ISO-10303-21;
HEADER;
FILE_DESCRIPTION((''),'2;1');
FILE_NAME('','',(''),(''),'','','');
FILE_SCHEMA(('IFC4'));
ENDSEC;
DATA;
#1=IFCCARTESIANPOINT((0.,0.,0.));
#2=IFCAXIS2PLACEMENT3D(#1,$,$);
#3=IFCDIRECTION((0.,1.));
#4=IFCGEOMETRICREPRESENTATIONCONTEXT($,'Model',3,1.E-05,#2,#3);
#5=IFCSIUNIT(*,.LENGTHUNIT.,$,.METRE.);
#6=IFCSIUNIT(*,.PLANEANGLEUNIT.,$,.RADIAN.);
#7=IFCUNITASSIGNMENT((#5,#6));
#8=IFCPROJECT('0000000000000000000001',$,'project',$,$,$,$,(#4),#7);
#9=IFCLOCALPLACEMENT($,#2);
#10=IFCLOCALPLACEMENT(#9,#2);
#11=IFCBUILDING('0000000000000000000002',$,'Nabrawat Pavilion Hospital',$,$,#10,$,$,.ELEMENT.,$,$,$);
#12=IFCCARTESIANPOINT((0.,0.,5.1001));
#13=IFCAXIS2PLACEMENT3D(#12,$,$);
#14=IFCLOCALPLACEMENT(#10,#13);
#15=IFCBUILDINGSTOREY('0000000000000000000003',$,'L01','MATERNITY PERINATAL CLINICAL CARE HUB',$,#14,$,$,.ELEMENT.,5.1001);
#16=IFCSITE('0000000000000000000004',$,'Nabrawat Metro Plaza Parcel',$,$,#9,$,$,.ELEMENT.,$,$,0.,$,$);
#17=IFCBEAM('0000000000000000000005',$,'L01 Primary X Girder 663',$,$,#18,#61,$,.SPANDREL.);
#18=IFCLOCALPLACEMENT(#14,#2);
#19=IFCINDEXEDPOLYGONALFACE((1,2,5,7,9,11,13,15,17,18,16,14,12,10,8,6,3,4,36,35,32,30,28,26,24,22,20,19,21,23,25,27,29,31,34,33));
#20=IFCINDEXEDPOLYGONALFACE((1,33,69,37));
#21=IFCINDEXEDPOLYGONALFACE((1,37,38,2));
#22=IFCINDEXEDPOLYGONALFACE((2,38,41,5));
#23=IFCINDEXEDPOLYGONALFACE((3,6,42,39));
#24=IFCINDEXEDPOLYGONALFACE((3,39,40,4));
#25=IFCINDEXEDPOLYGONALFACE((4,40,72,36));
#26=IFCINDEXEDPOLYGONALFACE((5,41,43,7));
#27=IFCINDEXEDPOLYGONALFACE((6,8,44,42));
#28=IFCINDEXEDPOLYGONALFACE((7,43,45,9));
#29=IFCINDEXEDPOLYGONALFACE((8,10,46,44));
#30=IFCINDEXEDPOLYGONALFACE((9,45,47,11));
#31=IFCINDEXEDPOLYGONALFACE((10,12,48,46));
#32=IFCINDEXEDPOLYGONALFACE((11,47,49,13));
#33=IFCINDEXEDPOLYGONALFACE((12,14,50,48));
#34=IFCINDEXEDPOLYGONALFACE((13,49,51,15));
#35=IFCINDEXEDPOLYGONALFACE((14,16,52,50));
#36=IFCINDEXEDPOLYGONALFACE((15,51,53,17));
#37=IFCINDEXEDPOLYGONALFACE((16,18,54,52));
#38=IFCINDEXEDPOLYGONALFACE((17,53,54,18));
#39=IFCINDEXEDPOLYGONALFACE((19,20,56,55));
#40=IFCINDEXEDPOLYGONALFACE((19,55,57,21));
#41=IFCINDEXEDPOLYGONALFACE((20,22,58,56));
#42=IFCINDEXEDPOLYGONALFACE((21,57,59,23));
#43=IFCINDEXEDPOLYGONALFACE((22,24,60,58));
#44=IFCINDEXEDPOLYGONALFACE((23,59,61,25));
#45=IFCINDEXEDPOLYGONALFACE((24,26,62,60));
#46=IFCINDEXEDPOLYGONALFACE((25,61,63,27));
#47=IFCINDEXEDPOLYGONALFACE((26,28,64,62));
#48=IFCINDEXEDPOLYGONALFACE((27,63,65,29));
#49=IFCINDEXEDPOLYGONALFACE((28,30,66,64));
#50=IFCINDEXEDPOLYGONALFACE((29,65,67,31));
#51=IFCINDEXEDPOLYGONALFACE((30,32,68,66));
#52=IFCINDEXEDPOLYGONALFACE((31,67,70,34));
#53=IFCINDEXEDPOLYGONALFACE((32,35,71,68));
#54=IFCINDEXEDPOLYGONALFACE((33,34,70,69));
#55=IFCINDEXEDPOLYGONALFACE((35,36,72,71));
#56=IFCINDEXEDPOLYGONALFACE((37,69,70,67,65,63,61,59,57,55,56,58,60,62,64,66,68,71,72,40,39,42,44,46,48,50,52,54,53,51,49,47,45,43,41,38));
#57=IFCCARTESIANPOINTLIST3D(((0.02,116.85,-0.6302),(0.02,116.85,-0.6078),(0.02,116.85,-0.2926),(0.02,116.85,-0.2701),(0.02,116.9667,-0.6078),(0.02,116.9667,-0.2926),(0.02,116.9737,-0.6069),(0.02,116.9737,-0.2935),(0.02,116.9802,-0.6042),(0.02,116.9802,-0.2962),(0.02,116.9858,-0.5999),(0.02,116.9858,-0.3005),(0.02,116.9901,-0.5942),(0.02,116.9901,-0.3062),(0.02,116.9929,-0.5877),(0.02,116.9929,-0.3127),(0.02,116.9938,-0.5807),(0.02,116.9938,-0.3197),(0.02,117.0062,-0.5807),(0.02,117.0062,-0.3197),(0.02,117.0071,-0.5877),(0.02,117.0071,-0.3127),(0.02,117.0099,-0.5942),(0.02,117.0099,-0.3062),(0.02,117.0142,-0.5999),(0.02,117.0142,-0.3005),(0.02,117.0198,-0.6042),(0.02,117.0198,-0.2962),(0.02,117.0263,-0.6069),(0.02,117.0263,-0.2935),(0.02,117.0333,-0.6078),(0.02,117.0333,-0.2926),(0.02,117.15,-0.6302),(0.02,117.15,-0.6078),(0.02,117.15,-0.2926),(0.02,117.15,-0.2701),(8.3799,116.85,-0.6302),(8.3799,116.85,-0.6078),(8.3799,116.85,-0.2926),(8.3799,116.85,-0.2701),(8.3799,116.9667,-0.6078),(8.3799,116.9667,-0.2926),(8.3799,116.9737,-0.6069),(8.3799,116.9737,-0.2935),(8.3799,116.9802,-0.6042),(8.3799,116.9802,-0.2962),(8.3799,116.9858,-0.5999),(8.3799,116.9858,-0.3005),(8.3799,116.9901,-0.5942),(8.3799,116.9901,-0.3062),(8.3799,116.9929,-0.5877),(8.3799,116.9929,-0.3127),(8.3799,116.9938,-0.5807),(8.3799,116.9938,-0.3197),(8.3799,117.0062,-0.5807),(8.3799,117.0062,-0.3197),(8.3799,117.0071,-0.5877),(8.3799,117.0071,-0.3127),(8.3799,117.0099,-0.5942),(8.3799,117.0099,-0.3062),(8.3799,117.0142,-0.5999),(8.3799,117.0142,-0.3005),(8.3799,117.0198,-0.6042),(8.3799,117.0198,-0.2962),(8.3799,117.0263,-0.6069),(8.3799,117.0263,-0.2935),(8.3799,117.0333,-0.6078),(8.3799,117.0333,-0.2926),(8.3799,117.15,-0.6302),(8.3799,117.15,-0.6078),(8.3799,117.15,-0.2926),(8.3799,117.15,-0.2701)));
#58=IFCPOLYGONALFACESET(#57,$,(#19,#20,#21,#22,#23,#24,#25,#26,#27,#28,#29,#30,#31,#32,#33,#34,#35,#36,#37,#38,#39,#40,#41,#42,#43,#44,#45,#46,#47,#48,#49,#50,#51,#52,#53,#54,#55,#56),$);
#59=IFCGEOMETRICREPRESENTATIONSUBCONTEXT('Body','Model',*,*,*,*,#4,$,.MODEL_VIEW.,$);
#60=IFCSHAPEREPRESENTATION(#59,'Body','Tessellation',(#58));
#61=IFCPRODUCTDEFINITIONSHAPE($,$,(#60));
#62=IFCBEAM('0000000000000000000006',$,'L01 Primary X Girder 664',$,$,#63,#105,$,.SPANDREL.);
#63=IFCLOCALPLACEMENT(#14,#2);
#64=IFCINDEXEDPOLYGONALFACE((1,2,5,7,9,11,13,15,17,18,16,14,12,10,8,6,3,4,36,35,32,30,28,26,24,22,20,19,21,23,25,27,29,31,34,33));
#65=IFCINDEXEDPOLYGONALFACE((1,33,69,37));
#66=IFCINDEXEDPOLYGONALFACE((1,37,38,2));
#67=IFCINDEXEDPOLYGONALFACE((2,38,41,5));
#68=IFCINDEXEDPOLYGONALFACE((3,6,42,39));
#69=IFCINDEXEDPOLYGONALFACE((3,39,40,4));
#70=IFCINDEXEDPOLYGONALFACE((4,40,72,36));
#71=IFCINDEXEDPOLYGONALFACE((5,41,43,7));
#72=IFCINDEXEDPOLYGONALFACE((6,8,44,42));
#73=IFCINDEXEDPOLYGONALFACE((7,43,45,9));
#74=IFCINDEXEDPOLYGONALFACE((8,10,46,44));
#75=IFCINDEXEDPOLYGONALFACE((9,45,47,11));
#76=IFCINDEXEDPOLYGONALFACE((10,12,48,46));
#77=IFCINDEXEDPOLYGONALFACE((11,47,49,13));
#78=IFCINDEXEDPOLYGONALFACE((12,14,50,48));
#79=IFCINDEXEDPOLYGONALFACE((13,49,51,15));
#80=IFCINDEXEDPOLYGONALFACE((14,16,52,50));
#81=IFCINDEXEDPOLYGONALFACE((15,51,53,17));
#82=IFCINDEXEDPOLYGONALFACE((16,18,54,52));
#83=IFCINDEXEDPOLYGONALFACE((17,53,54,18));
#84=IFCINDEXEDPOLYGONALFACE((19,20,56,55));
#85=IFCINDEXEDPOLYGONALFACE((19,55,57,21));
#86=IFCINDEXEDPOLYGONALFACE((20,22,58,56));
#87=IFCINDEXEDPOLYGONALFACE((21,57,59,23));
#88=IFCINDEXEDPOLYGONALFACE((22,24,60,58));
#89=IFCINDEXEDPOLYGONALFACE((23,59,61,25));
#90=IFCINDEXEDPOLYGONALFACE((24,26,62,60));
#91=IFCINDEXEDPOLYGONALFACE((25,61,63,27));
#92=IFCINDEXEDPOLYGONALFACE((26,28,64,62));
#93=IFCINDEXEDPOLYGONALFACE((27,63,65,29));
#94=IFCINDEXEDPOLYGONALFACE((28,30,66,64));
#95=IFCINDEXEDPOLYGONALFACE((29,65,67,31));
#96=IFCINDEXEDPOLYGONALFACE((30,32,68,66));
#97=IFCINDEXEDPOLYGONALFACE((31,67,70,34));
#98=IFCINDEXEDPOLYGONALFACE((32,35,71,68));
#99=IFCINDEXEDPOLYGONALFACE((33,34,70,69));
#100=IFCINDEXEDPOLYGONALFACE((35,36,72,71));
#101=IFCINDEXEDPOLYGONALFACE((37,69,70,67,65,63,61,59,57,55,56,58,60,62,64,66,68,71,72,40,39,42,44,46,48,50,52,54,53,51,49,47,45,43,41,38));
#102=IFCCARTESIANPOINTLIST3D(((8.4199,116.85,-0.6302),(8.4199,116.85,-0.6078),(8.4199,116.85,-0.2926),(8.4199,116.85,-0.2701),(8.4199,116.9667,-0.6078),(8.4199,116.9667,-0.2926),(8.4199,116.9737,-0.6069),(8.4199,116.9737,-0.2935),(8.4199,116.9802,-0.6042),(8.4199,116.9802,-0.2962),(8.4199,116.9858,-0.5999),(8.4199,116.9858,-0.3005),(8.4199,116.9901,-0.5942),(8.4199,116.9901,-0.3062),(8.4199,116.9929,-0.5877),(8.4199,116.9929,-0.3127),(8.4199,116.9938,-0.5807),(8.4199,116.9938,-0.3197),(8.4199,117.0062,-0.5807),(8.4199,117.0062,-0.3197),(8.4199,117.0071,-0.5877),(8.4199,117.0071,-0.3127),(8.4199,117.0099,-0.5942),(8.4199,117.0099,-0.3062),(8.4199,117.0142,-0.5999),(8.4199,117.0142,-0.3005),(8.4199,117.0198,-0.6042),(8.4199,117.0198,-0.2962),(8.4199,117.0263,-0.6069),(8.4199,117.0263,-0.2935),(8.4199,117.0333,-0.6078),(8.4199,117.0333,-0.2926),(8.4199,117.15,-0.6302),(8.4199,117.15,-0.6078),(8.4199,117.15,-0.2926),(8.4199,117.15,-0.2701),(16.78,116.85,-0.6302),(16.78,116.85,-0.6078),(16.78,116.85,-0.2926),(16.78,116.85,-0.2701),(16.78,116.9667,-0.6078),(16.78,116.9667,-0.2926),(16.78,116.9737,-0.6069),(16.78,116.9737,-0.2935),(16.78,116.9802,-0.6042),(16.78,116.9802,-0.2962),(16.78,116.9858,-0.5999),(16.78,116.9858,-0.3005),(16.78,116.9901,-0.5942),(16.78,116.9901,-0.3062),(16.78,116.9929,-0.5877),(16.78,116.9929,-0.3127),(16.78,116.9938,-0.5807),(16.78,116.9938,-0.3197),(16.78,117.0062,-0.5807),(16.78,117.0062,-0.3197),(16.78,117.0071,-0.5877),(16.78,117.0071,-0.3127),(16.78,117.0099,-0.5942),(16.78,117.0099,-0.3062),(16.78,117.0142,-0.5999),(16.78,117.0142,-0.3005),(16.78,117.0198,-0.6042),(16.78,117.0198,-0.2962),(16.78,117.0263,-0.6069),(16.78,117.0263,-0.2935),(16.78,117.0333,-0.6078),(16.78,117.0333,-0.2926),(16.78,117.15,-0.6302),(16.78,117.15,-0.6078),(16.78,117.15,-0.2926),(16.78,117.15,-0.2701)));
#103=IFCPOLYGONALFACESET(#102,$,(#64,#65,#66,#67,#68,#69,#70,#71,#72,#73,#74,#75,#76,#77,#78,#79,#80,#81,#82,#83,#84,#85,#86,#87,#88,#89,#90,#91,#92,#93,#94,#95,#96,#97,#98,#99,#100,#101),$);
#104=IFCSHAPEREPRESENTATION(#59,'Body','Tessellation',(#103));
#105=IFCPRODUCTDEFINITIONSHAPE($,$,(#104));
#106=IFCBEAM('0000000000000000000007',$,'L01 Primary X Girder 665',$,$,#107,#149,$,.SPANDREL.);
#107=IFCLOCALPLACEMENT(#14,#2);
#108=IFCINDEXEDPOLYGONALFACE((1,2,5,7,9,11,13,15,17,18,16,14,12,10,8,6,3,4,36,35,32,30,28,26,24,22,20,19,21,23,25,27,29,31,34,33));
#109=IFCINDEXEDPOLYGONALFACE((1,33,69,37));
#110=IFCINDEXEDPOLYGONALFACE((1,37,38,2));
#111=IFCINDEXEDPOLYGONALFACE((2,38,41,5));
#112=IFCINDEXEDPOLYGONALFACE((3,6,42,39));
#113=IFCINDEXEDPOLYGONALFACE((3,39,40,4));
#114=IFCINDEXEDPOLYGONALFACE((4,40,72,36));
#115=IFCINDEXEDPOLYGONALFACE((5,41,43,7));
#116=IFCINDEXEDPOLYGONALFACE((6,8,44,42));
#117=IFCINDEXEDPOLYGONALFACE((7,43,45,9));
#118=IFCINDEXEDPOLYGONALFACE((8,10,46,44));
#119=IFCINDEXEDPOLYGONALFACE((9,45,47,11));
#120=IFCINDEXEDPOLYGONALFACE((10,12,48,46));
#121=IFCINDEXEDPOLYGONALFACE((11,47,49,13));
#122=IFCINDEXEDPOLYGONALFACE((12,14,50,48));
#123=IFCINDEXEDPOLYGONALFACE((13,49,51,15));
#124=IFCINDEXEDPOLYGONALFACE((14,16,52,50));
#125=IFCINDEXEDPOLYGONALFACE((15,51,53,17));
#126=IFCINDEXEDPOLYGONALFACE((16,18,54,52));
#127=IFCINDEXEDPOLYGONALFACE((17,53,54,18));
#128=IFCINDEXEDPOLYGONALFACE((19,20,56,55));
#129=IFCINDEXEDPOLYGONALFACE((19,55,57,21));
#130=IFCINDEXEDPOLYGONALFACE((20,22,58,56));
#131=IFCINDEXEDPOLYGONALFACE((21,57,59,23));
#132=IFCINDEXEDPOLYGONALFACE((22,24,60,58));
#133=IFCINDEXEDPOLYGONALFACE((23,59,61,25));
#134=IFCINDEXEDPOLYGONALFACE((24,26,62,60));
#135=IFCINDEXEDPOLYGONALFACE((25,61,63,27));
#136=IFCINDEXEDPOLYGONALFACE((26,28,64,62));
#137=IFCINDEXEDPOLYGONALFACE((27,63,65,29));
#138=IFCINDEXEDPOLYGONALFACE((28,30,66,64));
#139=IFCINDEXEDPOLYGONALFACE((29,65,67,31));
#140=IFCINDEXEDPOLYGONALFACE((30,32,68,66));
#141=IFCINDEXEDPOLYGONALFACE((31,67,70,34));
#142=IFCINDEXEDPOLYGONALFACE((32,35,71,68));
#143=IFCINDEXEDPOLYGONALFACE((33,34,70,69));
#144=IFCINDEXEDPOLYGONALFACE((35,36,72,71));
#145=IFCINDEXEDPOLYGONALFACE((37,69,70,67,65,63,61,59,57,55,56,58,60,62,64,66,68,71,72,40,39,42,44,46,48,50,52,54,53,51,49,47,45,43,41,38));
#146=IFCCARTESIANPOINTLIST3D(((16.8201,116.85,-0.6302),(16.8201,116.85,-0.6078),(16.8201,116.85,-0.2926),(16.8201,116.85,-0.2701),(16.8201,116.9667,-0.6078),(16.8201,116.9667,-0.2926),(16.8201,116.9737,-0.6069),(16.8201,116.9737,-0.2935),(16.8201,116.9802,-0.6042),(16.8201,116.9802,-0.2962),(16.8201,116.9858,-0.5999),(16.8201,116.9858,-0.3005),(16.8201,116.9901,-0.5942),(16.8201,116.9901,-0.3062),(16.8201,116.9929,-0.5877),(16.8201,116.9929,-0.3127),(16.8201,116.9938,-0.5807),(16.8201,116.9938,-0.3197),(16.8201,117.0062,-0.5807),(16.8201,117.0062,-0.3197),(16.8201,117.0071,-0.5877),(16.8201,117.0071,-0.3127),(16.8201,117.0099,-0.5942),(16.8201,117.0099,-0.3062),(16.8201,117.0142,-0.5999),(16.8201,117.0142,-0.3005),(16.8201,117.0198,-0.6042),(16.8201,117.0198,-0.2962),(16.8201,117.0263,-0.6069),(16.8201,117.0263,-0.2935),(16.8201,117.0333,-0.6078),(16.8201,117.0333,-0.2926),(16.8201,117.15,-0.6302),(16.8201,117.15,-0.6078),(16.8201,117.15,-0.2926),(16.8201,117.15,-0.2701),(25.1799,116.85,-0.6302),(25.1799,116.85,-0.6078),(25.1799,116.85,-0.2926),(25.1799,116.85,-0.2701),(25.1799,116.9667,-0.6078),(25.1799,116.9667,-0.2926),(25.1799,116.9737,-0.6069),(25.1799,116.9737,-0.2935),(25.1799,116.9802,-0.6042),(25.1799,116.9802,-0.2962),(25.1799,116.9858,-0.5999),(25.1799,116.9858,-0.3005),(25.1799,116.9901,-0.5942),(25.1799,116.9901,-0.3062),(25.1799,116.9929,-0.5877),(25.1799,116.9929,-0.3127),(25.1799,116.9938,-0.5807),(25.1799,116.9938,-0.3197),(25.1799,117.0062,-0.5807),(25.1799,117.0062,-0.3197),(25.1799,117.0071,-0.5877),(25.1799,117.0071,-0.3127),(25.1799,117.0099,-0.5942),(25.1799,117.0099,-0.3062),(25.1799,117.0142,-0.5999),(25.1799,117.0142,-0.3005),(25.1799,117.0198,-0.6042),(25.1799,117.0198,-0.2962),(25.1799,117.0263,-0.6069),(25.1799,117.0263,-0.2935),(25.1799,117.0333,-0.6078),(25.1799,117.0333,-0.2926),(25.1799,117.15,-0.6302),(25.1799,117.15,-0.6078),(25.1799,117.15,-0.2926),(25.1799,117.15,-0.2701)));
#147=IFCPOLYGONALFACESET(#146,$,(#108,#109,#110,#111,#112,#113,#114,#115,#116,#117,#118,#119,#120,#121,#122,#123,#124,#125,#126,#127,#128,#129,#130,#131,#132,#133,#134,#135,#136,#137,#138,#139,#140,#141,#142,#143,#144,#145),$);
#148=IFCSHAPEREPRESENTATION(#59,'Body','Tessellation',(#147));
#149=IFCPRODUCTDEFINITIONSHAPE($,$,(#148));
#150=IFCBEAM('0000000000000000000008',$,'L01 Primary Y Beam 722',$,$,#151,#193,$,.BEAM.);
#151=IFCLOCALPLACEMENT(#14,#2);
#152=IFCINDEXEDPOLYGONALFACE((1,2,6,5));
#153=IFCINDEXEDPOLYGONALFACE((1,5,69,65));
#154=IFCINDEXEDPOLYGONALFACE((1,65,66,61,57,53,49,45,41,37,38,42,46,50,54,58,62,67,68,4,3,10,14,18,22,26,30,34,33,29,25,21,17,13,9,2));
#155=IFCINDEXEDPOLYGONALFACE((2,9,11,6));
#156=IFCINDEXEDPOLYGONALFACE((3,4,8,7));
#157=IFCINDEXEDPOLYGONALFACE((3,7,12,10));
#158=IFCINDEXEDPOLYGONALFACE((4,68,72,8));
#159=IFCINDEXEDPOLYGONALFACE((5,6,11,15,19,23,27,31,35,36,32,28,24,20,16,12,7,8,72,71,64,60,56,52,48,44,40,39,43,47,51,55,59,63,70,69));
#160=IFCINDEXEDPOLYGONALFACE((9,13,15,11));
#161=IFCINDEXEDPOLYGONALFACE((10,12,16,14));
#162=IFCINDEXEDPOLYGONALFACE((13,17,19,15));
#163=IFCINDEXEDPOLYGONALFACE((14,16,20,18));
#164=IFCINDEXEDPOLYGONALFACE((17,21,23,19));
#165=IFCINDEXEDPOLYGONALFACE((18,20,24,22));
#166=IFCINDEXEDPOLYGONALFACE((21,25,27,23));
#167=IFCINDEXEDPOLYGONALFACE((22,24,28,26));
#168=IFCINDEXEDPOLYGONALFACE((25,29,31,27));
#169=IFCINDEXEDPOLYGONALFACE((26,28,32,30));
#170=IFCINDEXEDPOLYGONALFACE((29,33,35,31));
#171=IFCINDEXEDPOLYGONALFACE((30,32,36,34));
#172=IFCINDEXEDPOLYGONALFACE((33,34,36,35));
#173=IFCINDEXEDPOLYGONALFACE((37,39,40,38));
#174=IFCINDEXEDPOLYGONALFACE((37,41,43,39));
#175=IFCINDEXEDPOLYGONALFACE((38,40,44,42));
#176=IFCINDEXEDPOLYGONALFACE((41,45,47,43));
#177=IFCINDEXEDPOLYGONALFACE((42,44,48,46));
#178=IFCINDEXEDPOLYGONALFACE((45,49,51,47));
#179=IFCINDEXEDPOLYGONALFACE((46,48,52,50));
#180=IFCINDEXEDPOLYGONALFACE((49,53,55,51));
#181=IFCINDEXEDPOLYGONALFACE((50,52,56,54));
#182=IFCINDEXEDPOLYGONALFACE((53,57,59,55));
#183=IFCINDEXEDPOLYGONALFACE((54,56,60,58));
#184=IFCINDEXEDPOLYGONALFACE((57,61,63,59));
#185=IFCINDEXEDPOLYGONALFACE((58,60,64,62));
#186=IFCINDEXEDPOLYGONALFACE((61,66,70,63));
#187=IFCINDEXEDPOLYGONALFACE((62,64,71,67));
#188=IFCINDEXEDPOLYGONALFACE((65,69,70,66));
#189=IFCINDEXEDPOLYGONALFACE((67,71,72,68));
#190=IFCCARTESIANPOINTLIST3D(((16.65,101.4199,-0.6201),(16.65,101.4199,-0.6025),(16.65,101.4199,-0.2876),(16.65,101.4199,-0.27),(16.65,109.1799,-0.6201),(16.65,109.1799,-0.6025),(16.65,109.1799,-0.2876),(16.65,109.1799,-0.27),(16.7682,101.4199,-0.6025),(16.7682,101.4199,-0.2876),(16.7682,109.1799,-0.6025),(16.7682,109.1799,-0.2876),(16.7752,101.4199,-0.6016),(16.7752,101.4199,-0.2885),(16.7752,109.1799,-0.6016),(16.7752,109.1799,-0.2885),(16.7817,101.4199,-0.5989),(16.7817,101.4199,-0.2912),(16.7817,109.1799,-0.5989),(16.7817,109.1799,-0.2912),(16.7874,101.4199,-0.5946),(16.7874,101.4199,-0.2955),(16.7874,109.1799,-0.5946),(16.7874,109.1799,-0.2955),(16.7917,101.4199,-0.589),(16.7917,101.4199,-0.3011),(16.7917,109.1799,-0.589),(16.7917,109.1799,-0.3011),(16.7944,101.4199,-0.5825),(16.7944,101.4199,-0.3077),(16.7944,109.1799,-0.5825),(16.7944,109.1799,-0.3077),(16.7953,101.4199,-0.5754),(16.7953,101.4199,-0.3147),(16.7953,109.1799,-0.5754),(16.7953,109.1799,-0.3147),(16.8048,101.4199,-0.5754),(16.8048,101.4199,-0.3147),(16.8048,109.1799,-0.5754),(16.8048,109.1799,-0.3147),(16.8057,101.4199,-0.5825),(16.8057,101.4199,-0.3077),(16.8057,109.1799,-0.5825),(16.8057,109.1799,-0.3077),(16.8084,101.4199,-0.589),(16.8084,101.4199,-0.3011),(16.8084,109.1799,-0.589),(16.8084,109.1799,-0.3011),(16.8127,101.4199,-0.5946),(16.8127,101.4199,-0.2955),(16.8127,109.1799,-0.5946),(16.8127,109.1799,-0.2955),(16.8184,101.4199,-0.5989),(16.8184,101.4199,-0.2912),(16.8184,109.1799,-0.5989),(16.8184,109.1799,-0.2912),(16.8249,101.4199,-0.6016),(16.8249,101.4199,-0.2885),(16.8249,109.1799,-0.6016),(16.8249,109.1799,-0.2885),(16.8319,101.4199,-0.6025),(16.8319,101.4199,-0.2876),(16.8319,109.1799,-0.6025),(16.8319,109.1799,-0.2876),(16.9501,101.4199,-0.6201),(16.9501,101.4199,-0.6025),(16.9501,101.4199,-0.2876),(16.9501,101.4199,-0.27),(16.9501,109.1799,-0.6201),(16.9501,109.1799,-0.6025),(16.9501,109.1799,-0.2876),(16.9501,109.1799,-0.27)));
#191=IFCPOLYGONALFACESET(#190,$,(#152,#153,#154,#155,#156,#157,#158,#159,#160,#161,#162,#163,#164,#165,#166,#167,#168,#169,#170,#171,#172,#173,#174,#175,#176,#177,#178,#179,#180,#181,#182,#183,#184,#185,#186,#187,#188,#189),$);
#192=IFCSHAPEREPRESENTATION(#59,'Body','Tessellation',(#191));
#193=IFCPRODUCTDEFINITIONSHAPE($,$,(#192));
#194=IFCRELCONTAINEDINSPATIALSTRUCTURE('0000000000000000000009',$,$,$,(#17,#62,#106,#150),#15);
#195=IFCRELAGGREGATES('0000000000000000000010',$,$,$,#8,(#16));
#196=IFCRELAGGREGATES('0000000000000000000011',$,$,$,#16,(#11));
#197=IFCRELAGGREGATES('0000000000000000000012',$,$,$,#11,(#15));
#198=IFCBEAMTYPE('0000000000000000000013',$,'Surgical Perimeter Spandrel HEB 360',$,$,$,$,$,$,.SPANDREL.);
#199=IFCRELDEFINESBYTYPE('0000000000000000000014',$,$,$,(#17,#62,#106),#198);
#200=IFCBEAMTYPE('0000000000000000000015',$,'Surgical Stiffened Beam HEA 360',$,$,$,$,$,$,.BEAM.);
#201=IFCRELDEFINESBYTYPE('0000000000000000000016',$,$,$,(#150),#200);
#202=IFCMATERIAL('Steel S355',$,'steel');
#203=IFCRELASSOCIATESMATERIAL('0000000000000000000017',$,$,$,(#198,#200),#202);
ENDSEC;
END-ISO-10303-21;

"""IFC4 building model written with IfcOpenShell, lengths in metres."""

from ifc_helpers import new_model, si_unit, direction, frame, origin, origin_2d, place, context, subcontext, project, spatial, i_section, extrude, material, material_profile, profile_set, type_object, element, save


model = new_model("IFC4")

# Units and contexts
model_context = context("Model", 3, precision=1e-05, world=origin(), true_north=direction((0.0, 1.0)))
body_context = subcontext(model_context, "Body", "Model", "MODEL_VIEW")
ifc_project = project(units=[si_unit("LENGTHUNIT", "METRE"), si_unit("PLANEANGLEUNIT", "RADIAN")], contexts=[model_context])

# Site, building, storey
site_placement = place(None, origin())
site = spatial("IfcSite", under=ifc_project, at=site_placement, Name="Nabrawat Metro Plaza Parcel", CompositionType="ELEMENT", RefElevation=0.0)
building_placement = place(site_placement, origin())
building = spatial("IfcBuilding", under=site, at=building_placement, Name="Nabrawat Pavilion Hospital", CompositionType="ELEMENT")
storey_placement = place(building_placement, frame((0.0, 0.0, 5.1001)))
storey = spatial("IfcBuildingStorey", under=building, at=storey_placement, Name="L01", Description="MATERNITY PERINATAL CLINICAL CARE HUB", CompositionType="ELEMENT", Elevation=5.1001)

# Shared definitions
ifc_material_1 = material(Name="Steel S355", Category="steel")

# Beams
ifc_material_profile_1 = material_profile(ifc_material_1, i_section(OverallWidth=0.3, OverallDepth=0.3601, WebThickness=0.0125, FlangeThickness=0.0225, FilletRadius=0.0271, at=origin_2d()), Name="HEB 360")
ifc_profile_set_1 = profile_set([ifc_material_profile_1], Name="Steel S355")
beam_type_1 = type_object("IfcBeamType", Name="Surgical Perimeter Spandrel HEB 360", PredefinedType="SPANDREL", material=ifc_profile_set_1)
beam_1_placement = place(storey_placement, frame((0.02, 117.0, -0.4502), z_axis=(1.0, 0.0, 0.0), x_axis=(0.0, 1.0, 0.0)))
element("IfcBeam", 1, at=beam_1_placement, inside=storey, type_object=beam_type_1, Name="L01 Primary X Girder 663", PredefinedType="SPANDREL", context=body_context, shape_type="SweptSolid", body=[
    extrude(i_section(OverallWidth=0.3, OverallDepth=0.3601, WebThickness=0.0125, FlangeThickness=0.0225, FilletRadius=0.0271, at=origin_2d()), origin(), (0.0, 0.0, 1.0), 8.3599),
])
beam_2_placement = place(storey_placement, frame((8.4199, 117.0, -0.4502), z_axis=(1.0, 0.0, 0.0), x_axis=(0.0, 1.0, 0.0)))
element("IfcBeam", 2, at=beam_2_placement, inside=storey, type_object=beam_type_1, Name="L01 Primary X Girder 664", PredefinedType="SPANDREL", context=body_context, shape_type="SweptSolid", body=[
    extrude(i_section(OverallWidth=0.3, OverallDepth=0.3601, WebThickness=0.0125, FlangeThickness=0.0225, FilletRadius=0.0271, at=origin_2d()), origin(), (0.0, 0.0, 1.0), 8.3601),
])
beam_3_placement = place(storey_placement, frame((16.8201, 117.0, -0.4502), z_axis=(1.0, 0.0, 0.0), x_axis=(0.0, 1.0, 0.0)))
element("IfcBeam", 3, at=beam_3_placement, inside=storey, type_object=beam_type_1, Name="L01 Primary X Girder 665", PredefinedType="SPANDREL", context=body_context, shape_type="SweptSolid", body=[
    extrude(i_section(OverallWidth=0.3, OverallDepth=0.3601, WebThickness=0.0125, FlangeThickness=0.0225, FilletRadius=0.0271, at=origin_2d()), origin(), (0.0, 0.0, 1.0), 8.3599),
])
ifc_material_profile_2 = material_profile(ifc_material_1, i_section(OverallWidth=0.3, OverallDepth=0.3501, WebThickness=0.0095, FlangeThickness=0.0176, FilletRadius=0.0271, at=origin_2d()), Name="HEA 360")
ifc_profile_set_2 = profile_set([ifc_material_profile_2], Name="Steel S355")
beam_type_2 = type_object("IfcBeamType", Name="Surgical Stiffened Beam HEA 360", PredefinedType="BEAM", material=ifc_profile_set_2)
for number, where, z_axis, x_axis, name in (
    (4, (16.8, 101.4199, -0.4451), (0.0, 1.0, 0.0), (-1.0, 0.0, 0.0), "L01 Primary Y Beam 722"),
):
    element("IfcBeam", number, at=place(storey_placement, frame(where, z_axis=z_axis, x_axis=x_axis)), inside=storey, type_object=beam_type_2, Name=name, PredefinedType="BEAM", context=body_context, shape_type="SweptSolid", body=[
        extrude(i_section(OverallWidth=0.3, OverallDepth=0.3501, WebThickness=0.0095, FlangeThickness=0.0176, FilletRadius=0.0271, at=origin_2d()), origin(), (0.0, 0.0, 1.0), 7.76),
    ])

save(model, "model.ifc")
